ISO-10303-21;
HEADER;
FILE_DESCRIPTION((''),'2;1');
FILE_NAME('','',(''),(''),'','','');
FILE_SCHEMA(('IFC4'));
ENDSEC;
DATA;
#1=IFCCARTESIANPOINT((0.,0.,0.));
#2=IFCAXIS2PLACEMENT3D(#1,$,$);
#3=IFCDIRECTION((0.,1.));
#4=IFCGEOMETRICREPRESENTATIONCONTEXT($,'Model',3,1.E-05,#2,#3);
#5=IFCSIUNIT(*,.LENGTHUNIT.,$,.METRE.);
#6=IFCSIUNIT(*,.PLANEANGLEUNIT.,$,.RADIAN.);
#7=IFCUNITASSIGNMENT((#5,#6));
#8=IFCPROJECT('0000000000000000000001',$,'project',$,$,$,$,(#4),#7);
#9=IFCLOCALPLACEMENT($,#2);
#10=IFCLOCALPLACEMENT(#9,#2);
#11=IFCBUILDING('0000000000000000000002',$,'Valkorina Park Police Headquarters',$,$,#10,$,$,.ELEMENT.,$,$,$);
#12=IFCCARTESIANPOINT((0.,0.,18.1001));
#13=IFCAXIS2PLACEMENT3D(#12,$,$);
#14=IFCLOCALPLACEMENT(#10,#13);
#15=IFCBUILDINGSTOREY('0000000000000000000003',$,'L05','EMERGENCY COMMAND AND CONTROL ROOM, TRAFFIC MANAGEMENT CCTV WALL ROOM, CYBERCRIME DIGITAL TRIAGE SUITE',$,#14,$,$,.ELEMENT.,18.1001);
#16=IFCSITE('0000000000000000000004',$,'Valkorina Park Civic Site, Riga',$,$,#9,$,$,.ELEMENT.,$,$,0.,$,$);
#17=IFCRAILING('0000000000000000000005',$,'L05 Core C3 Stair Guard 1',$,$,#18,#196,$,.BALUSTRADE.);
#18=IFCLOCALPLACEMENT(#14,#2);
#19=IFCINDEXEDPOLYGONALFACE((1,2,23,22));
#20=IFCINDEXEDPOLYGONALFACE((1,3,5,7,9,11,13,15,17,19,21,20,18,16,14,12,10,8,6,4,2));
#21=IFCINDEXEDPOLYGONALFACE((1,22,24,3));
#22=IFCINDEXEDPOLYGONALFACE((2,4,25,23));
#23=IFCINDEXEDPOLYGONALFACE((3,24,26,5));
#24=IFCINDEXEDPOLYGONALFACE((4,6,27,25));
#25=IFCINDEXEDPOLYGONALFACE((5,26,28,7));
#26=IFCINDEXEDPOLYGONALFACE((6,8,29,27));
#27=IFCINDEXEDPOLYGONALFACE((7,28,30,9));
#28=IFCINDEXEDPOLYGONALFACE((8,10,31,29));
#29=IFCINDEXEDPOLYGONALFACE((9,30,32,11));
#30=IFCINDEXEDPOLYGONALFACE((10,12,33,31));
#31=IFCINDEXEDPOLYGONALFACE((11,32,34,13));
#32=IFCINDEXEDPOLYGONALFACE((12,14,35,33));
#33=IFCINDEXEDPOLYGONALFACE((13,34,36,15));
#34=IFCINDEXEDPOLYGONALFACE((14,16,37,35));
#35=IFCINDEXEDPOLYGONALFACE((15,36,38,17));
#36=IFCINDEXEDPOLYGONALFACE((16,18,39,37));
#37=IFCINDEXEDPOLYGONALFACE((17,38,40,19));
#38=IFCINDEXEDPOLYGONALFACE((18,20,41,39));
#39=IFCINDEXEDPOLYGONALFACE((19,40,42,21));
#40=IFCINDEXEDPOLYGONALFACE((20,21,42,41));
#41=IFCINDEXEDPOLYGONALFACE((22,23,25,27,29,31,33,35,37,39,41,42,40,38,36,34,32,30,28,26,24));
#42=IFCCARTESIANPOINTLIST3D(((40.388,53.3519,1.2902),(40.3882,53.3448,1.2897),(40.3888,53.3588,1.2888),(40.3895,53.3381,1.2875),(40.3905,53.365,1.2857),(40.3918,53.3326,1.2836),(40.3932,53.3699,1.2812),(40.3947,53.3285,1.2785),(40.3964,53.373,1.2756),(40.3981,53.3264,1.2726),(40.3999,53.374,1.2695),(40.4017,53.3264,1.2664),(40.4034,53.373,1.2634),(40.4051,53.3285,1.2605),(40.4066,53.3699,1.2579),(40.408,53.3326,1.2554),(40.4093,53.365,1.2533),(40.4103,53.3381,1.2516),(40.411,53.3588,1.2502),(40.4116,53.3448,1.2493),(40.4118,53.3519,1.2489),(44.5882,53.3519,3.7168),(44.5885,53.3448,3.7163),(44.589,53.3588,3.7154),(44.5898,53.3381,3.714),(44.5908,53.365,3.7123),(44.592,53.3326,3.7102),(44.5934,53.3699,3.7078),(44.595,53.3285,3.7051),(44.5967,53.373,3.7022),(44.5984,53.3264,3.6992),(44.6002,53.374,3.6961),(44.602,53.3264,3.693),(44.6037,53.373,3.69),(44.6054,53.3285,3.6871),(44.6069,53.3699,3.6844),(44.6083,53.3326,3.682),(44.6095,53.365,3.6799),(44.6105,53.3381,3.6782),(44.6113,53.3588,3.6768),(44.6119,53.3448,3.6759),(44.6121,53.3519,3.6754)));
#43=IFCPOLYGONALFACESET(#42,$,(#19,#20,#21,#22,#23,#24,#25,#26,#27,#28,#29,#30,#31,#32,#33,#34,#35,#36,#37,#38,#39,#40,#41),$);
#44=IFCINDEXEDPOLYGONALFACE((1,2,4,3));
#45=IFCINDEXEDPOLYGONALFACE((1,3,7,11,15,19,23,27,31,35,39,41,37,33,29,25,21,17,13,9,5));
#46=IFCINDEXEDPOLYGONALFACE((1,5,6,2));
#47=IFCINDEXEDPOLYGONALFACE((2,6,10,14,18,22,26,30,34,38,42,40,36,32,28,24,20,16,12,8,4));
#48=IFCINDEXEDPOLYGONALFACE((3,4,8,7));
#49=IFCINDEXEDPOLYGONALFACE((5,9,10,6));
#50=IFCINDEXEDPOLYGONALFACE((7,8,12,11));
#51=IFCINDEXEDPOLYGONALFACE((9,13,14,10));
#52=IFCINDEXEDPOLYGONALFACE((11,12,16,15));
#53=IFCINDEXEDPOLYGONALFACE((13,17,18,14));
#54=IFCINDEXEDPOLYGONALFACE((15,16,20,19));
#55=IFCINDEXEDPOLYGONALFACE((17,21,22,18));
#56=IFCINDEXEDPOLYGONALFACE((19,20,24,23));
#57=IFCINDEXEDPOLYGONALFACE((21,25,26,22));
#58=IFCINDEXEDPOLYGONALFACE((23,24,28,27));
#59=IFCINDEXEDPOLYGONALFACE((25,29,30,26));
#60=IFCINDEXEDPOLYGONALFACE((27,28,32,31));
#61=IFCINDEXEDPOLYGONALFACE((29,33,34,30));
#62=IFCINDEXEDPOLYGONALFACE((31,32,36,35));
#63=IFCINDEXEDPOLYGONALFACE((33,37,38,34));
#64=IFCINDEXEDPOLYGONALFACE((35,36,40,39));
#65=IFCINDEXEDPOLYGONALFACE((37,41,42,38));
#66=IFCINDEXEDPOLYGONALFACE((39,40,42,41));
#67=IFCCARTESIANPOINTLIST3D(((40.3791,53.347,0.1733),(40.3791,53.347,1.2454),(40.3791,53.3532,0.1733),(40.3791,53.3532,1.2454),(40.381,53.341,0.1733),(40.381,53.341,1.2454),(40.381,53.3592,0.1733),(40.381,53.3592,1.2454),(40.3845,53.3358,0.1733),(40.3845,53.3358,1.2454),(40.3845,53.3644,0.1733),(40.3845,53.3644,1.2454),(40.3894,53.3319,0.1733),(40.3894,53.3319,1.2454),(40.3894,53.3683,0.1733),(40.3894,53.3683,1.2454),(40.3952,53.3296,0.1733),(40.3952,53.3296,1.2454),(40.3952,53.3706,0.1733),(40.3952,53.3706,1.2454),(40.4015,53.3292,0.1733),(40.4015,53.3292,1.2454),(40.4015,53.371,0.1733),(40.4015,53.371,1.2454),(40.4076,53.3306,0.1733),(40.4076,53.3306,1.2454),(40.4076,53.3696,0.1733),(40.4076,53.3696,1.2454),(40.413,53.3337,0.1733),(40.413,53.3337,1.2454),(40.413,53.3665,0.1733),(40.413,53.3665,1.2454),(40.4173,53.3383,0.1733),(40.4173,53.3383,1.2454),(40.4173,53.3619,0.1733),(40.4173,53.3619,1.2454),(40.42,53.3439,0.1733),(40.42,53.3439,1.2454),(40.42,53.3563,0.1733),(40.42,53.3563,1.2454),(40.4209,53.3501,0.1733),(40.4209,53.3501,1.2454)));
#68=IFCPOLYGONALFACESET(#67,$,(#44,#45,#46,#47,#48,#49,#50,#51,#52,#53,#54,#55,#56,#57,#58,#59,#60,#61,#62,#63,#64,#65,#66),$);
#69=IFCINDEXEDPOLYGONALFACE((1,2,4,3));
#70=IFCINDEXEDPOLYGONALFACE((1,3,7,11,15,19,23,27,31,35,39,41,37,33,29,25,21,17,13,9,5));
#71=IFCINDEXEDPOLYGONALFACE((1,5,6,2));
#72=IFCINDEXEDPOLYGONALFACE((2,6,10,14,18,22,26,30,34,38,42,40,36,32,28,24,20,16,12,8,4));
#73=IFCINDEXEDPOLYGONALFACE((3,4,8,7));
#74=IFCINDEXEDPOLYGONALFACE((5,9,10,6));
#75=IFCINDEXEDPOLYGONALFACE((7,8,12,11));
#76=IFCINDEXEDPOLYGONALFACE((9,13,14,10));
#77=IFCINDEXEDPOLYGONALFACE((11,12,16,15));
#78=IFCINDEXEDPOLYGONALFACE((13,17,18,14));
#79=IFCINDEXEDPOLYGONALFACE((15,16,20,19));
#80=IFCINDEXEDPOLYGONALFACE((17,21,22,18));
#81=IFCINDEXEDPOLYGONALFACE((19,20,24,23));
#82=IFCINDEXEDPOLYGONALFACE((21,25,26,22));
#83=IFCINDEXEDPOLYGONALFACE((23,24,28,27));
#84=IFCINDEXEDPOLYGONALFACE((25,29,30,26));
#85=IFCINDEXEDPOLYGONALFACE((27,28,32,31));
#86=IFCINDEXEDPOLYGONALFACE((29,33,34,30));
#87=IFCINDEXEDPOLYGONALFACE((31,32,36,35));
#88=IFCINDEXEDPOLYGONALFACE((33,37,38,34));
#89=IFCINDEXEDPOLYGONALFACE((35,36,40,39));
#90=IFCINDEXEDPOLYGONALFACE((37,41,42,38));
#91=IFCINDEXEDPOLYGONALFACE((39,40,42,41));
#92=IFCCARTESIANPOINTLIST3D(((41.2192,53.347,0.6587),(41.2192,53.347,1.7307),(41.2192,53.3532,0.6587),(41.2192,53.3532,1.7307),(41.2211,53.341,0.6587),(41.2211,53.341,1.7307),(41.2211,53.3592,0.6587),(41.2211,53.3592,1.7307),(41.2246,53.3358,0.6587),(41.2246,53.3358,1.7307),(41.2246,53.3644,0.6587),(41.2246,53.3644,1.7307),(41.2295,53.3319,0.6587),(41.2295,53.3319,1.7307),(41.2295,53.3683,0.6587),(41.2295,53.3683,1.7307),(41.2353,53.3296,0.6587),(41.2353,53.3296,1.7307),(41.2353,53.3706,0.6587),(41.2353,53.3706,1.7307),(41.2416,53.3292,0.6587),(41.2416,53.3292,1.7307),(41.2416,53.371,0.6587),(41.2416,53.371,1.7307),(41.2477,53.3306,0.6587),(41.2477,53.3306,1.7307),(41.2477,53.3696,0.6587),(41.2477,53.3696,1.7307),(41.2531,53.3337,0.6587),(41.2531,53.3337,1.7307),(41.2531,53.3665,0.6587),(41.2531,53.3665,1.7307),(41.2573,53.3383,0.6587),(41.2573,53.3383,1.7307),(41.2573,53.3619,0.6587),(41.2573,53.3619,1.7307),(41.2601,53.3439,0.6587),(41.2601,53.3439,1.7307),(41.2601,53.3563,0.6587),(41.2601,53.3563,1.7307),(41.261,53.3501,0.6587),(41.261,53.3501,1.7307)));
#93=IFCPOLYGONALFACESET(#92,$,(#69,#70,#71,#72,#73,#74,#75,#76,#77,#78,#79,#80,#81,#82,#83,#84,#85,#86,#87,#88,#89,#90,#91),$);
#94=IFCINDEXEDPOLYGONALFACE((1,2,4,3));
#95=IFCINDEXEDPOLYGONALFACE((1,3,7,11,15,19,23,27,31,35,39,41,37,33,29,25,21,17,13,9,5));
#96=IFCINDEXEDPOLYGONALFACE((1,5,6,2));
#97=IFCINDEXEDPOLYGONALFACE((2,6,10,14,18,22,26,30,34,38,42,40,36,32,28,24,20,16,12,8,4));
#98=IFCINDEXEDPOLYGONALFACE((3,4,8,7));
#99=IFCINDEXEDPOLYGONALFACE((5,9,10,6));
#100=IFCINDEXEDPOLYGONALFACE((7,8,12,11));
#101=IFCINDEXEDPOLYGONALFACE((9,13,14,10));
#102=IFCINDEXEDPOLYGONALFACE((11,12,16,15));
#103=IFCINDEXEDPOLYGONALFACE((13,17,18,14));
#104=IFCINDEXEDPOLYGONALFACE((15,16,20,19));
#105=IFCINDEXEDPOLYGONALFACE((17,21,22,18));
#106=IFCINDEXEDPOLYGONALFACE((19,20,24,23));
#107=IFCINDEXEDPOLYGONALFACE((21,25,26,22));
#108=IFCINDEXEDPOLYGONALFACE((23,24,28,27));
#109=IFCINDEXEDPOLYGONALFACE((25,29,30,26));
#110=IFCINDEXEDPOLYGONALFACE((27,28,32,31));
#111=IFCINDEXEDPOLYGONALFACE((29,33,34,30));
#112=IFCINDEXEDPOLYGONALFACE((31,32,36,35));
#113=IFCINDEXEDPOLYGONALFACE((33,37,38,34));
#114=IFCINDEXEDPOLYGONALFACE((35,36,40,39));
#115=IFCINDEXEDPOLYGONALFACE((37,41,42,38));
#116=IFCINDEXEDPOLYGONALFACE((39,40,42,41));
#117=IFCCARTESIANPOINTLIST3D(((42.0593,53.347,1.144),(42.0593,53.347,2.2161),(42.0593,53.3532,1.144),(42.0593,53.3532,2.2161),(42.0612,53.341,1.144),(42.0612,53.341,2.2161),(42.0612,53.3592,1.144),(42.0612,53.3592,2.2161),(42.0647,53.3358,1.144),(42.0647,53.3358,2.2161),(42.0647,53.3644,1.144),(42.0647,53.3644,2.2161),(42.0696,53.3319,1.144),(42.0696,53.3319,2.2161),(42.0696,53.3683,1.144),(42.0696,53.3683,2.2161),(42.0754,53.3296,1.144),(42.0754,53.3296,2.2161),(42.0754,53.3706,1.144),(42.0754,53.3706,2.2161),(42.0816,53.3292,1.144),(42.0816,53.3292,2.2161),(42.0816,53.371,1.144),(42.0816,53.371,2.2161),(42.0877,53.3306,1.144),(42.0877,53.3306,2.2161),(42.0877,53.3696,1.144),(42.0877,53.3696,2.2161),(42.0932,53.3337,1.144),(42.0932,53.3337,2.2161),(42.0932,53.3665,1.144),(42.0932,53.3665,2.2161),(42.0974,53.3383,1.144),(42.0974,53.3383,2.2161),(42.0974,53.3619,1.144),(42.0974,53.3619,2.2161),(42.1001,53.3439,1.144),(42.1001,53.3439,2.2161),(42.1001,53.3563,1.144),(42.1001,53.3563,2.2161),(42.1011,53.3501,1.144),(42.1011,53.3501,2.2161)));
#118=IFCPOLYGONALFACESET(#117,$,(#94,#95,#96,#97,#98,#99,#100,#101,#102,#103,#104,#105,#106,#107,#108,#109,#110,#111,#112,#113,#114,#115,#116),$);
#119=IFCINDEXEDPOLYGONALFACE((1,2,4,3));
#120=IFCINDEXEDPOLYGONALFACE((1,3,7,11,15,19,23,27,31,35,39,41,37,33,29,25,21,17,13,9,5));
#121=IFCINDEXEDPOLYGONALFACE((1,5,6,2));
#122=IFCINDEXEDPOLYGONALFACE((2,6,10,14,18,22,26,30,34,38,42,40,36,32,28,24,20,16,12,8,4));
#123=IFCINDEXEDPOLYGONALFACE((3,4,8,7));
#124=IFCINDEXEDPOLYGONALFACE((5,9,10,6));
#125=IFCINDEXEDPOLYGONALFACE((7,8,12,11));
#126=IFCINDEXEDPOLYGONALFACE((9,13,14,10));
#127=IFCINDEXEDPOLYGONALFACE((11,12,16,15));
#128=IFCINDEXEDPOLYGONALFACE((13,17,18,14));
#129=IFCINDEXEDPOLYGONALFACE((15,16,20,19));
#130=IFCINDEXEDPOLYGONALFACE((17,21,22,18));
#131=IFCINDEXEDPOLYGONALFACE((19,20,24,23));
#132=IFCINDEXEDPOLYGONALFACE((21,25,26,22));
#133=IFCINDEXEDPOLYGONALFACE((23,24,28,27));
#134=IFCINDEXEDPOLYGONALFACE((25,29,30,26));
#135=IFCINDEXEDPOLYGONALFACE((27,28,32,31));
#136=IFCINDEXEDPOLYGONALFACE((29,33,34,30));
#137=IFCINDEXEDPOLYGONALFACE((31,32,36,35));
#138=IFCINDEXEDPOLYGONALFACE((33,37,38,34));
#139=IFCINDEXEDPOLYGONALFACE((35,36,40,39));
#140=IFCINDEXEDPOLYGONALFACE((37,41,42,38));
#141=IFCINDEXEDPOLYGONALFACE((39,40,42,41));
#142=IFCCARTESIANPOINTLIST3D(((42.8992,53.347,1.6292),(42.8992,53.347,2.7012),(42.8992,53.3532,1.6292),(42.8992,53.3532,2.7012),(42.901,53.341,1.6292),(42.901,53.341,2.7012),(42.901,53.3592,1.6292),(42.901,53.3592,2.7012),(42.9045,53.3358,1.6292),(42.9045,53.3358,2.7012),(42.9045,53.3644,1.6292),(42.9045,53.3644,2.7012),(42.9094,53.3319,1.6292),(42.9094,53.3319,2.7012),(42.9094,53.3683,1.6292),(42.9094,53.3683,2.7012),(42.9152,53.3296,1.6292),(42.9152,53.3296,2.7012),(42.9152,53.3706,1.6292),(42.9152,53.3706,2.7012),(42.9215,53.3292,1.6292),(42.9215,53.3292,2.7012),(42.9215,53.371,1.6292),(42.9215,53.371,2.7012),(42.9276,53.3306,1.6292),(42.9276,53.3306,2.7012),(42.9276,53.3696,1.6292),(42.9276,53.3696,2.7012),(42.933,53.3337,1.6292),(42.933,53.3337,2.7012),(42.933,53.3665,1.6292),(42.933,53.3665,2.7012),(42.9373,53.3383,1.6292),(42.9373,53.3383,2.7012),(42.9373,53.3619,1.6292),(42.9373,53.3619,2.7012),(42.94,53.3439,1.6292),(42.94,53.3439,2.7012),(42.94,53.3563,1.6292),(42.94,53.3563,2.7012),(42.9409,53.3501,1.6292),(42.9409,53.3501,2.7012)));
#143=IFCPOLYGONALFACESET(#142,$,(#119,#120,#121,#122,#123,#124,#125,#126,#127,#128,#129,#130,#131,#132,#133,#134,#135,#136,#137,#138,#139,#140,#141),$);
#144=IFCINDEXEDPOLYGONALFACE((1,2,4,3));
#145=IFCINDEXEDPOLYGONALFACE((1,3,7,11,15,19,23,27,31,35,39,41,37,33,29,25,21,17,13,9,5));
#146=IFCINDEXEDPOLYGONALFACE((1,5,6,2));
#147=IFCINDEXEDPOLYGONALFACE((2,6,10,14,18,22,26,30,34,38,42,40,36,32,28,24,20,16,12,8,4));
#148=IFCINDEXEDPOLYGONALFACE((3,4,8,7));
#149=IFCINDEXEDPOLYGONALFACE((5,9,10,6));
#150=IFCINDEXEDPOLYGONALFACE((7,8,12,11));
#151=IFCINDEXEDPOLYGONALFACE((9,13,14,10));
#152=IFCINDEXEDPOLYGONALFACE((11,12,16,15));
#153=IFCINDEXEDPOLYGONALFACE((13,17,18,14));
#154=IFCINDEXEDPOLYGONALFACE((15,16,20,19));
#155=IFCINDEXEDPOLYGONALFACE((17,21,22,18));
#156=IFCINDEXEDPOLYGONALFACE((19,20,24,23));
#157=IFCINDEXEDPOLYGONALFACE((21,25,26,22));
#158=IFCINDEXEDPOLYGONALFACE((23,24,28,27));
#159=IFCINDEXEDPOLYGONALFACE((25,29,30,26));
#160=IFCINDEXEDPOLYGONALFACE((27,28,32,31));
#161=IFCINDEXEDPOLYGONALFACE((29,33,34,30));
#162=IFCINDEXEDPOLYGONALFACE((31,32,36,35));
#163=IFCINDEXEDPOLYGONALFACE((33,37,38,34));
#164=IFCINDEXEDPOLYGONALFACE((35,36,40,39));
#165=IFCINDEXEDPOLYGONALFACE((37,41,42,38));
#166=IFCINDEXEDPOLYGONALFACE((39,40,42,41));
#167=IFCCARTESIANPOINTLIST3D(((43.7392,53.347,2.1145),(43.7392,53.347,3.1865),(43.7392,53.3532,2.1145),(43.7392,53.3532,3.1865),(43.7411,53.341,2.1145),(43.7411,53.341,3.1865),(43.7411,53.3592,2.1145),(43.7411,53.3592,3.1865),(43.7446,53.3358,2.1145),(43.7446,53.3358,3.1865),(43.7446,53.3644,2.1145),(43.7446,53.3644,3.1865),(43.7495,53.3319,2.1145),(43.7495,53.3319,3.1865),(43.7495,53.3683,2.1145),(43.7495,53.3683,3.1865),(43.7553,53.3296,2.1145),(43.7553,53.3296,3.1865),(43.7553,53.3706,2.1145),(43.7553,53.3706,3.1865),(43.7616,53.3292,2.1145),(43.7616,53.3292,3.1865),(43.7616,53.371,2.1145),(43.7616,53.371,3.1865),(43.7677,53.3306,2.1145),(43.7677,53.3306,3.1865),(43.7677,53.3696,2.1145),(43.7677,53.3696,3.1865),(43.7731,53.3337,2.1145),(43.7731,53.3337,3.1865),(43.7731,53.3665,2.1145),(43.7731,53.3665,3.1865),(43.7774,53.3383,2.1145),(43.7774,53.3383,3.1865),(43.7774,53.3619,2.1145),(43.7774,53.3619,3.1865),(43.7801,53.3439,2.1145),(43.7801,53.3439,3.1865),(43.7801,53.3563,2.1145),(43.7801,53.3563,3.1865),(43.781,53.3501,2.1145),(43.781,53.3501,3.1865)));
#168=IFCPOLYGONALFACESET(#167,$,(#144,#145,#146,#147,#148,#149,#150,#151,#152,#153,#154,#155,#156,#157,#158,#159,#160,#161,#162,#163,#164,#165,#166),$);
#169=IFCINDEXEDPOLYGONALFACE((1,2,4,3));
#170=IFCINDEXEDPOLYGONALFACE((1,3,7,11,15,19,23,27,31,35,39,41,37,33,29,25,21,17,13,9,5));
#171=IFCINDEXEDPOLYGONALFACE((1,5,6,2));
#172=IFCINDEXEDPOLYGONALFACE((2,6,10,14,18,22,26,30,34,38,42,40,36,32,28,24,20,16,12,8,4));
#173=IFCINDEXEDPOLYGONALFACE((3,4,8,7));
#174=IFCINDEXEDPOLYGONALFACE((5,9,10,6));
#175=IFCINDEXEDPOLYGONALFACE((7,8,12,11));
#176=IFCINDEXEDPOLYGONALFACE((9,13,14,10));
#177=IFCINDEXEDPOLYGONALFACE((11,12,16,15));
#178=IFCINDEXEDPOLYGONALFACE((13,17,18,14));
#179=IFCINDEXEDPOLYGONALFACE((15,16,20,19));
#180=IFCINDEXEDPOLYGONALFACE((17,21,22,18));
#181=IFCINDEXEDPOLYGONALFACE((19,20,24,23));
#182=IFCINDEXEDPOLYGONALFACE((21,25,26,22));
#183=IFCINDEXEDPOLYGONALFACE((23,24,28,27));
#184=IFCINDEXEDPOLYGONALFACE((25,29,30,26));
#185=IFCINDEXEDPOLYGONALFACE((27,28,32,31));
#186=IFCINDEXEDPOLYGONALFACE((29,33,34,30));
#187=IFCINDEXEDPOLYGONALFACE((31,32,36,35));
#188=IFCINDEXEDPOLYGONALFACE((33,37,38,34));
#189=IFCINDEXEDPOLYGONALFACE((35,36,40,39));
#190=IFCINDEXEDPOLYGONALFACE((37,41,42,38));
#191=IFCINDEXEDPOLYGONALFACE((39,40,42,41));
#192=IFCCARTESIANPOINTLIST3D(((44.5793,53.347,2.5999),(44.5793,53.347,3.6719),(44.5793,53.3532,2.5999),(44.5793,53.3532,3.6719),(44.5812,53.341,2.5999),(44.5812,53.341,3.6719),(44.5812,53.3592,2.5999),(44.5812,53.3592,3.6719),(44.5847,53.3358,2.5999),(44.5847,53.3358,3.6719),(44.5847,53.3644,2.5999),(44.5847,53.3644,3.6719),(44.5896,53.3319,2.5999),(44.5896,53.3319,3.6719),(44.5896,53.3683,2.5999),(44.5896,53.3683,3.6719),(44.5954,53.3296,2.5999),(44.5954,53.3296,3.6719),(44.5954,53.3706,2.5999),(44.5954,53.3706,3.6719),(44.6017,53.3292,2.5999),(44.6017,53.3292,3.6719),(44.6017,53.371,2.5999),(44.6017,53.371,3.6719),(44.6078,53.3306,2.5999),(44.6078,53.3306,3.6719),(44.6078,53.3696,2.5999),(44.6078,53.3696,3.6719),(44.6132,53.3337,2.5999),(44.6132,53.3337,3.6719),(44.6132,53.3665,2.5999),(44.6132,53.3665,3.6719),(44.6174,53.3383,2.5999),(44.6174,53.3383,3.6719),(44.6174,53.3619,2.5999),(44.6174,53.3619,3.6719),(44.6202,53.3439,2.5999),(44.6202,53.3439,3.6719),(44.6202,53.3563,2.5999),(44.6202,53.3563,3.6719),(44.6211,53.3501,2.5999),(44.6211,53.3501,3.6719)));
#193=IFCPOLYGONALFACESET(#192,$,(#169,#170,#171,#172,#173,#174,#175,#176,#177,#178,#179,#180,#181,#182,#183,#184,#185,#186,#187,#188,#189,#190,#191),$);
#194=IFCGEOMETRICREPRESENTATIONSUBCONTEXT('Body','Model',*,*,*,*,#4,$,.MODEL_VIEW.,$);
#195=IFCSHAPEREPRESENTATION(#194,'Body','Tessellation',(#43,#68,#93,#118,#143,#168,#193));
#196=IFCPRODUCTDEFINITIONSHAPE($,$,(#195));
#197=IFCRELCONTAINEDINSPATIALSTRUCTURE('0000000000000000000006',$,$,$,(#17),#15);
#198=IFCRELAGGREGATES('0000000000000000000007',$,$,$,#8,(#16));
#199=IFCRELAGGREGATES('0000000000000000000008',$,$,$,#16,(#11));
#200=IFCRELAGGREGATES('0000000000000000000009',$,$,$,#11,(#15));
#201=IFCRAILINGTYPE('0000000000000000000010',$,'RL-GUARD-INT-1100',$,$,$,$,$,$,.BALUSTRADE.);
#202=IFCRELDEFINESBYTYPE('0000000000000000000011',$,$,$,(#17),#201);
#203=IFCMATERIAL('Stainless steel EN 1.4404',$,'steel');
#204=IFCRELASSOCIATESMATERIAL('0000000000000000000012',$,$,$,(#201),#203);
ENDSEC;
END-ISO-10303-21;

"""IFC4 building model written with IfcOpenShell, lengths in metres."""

from ifc_helpers import new_model, si_unit, direction, frame, origin, origin_2d, place, context, subcontext, project, spatial, circle, extrude, material, type_object, element, save


model = new_model("IFC4")

# Units and contexts
model_context = context("Model", 3, precision=1e-05, world=origin(), true_north=direction((0.0, 1.0)))
body_context = subcontext(model_context, "Body", "Model", "MODEL_VIEW")
ifc_project = project(units=[si_unit("LENGTHUNIT", "METRE"), si_unit("PLANEANGLEUNIT", "RADIAN")], contexts=[model_context])

# Site, building, storey
site_placement = place(None, origin())
site = spatial("IfcSite", under=ifc_project, at=site_placement, Name="Valkorina Park Civic Site, Riga", CompositionType="ELEMENT", RefElevation=0.0)
building_placement = place(site_placement, origin())
building = spatial("IfcBuilding", under=site, at=building_placement, Name="Valkorina Park Police Headquarters", CompositionType="ELEMENT")
storey_placement = place(building_placement, frame((0.0, 0.0, 18.1001)))
storey = spatial("IfcBuildingStorey", under=building, at=storey_placement, Name="L05", Description="EMERGENCY COMMAND AND CONTROL ROOM, TRAFFIC MANAGEMENT CCTV WALL ROOM, CYBERCRIME DIGITAL TRIAGE SUITE", CompositionType="ELEMENT", Elevation=18.1001)

# Railing
ifc_material_1 = material(Name="Stainless steel EN 1.4404", Category="steel")
railing_type_1 = type_object("IfcRailingType", Name="RL-GUARD-INT-1100", PredefinedType="BALUSTRADE", material=ifc_material_1)
railing_1_placement = place(storey_placement, frame((40.3999, 53.3501, 0.1733)))
element("IfcRailing", 1, at=railing_1_placement, inside=storey, type_object=railing_type_1, Name="L05 Core C3 Stair Guard 1", PredefinedType="BALUSTRADE", context=body_context, shape_type="SweptSolid", body=[
    extrude(circle(Radius=0.0239, at=origin_2d()), frame((0.0, 0.0, 1.0962), z_axis=(0.865889, 0.0, 0.500237), x_axis=(0.0, 1.0, 0.0)), (0.0, 0.0, 1.0), 4.8508),
    extrude(circle(Radius=0.021, at=origin_2d()), origin(), (0.0, 0.0, 1.0), 1.072),
    extrude(circle(Radius=0.021, at=origin_2d()), frame((0.8401, 0.0, 0.4854)), (0.0, 0.0, 1.0), 1.072),
    extrude(circle(Radius=0.021, at=origin_2d()), frame((1.6802, 0.0, 0.9707)), (0.0, 0.0, 1.0), 1.072),
    extrude(circle(Radius=0.021, at=origin_2d()), frame((2.52, 0.0, 1.4558)), (0.0, 0.0, 1.0), 1.072),
    extrude(circle(Radius=0.021, at=origin_2d()), frame((3.3601, 0.0, 1.9412)), (0.0, 0.0, 1.0), 1.072),
    extrude(circle(Radius=0.021, at=origin_2d()), frame((4.2002, 0.0, 2.4265)), (0.0, 0.0, 1.0), 1.072),
])

save(model, "model.ifc")
